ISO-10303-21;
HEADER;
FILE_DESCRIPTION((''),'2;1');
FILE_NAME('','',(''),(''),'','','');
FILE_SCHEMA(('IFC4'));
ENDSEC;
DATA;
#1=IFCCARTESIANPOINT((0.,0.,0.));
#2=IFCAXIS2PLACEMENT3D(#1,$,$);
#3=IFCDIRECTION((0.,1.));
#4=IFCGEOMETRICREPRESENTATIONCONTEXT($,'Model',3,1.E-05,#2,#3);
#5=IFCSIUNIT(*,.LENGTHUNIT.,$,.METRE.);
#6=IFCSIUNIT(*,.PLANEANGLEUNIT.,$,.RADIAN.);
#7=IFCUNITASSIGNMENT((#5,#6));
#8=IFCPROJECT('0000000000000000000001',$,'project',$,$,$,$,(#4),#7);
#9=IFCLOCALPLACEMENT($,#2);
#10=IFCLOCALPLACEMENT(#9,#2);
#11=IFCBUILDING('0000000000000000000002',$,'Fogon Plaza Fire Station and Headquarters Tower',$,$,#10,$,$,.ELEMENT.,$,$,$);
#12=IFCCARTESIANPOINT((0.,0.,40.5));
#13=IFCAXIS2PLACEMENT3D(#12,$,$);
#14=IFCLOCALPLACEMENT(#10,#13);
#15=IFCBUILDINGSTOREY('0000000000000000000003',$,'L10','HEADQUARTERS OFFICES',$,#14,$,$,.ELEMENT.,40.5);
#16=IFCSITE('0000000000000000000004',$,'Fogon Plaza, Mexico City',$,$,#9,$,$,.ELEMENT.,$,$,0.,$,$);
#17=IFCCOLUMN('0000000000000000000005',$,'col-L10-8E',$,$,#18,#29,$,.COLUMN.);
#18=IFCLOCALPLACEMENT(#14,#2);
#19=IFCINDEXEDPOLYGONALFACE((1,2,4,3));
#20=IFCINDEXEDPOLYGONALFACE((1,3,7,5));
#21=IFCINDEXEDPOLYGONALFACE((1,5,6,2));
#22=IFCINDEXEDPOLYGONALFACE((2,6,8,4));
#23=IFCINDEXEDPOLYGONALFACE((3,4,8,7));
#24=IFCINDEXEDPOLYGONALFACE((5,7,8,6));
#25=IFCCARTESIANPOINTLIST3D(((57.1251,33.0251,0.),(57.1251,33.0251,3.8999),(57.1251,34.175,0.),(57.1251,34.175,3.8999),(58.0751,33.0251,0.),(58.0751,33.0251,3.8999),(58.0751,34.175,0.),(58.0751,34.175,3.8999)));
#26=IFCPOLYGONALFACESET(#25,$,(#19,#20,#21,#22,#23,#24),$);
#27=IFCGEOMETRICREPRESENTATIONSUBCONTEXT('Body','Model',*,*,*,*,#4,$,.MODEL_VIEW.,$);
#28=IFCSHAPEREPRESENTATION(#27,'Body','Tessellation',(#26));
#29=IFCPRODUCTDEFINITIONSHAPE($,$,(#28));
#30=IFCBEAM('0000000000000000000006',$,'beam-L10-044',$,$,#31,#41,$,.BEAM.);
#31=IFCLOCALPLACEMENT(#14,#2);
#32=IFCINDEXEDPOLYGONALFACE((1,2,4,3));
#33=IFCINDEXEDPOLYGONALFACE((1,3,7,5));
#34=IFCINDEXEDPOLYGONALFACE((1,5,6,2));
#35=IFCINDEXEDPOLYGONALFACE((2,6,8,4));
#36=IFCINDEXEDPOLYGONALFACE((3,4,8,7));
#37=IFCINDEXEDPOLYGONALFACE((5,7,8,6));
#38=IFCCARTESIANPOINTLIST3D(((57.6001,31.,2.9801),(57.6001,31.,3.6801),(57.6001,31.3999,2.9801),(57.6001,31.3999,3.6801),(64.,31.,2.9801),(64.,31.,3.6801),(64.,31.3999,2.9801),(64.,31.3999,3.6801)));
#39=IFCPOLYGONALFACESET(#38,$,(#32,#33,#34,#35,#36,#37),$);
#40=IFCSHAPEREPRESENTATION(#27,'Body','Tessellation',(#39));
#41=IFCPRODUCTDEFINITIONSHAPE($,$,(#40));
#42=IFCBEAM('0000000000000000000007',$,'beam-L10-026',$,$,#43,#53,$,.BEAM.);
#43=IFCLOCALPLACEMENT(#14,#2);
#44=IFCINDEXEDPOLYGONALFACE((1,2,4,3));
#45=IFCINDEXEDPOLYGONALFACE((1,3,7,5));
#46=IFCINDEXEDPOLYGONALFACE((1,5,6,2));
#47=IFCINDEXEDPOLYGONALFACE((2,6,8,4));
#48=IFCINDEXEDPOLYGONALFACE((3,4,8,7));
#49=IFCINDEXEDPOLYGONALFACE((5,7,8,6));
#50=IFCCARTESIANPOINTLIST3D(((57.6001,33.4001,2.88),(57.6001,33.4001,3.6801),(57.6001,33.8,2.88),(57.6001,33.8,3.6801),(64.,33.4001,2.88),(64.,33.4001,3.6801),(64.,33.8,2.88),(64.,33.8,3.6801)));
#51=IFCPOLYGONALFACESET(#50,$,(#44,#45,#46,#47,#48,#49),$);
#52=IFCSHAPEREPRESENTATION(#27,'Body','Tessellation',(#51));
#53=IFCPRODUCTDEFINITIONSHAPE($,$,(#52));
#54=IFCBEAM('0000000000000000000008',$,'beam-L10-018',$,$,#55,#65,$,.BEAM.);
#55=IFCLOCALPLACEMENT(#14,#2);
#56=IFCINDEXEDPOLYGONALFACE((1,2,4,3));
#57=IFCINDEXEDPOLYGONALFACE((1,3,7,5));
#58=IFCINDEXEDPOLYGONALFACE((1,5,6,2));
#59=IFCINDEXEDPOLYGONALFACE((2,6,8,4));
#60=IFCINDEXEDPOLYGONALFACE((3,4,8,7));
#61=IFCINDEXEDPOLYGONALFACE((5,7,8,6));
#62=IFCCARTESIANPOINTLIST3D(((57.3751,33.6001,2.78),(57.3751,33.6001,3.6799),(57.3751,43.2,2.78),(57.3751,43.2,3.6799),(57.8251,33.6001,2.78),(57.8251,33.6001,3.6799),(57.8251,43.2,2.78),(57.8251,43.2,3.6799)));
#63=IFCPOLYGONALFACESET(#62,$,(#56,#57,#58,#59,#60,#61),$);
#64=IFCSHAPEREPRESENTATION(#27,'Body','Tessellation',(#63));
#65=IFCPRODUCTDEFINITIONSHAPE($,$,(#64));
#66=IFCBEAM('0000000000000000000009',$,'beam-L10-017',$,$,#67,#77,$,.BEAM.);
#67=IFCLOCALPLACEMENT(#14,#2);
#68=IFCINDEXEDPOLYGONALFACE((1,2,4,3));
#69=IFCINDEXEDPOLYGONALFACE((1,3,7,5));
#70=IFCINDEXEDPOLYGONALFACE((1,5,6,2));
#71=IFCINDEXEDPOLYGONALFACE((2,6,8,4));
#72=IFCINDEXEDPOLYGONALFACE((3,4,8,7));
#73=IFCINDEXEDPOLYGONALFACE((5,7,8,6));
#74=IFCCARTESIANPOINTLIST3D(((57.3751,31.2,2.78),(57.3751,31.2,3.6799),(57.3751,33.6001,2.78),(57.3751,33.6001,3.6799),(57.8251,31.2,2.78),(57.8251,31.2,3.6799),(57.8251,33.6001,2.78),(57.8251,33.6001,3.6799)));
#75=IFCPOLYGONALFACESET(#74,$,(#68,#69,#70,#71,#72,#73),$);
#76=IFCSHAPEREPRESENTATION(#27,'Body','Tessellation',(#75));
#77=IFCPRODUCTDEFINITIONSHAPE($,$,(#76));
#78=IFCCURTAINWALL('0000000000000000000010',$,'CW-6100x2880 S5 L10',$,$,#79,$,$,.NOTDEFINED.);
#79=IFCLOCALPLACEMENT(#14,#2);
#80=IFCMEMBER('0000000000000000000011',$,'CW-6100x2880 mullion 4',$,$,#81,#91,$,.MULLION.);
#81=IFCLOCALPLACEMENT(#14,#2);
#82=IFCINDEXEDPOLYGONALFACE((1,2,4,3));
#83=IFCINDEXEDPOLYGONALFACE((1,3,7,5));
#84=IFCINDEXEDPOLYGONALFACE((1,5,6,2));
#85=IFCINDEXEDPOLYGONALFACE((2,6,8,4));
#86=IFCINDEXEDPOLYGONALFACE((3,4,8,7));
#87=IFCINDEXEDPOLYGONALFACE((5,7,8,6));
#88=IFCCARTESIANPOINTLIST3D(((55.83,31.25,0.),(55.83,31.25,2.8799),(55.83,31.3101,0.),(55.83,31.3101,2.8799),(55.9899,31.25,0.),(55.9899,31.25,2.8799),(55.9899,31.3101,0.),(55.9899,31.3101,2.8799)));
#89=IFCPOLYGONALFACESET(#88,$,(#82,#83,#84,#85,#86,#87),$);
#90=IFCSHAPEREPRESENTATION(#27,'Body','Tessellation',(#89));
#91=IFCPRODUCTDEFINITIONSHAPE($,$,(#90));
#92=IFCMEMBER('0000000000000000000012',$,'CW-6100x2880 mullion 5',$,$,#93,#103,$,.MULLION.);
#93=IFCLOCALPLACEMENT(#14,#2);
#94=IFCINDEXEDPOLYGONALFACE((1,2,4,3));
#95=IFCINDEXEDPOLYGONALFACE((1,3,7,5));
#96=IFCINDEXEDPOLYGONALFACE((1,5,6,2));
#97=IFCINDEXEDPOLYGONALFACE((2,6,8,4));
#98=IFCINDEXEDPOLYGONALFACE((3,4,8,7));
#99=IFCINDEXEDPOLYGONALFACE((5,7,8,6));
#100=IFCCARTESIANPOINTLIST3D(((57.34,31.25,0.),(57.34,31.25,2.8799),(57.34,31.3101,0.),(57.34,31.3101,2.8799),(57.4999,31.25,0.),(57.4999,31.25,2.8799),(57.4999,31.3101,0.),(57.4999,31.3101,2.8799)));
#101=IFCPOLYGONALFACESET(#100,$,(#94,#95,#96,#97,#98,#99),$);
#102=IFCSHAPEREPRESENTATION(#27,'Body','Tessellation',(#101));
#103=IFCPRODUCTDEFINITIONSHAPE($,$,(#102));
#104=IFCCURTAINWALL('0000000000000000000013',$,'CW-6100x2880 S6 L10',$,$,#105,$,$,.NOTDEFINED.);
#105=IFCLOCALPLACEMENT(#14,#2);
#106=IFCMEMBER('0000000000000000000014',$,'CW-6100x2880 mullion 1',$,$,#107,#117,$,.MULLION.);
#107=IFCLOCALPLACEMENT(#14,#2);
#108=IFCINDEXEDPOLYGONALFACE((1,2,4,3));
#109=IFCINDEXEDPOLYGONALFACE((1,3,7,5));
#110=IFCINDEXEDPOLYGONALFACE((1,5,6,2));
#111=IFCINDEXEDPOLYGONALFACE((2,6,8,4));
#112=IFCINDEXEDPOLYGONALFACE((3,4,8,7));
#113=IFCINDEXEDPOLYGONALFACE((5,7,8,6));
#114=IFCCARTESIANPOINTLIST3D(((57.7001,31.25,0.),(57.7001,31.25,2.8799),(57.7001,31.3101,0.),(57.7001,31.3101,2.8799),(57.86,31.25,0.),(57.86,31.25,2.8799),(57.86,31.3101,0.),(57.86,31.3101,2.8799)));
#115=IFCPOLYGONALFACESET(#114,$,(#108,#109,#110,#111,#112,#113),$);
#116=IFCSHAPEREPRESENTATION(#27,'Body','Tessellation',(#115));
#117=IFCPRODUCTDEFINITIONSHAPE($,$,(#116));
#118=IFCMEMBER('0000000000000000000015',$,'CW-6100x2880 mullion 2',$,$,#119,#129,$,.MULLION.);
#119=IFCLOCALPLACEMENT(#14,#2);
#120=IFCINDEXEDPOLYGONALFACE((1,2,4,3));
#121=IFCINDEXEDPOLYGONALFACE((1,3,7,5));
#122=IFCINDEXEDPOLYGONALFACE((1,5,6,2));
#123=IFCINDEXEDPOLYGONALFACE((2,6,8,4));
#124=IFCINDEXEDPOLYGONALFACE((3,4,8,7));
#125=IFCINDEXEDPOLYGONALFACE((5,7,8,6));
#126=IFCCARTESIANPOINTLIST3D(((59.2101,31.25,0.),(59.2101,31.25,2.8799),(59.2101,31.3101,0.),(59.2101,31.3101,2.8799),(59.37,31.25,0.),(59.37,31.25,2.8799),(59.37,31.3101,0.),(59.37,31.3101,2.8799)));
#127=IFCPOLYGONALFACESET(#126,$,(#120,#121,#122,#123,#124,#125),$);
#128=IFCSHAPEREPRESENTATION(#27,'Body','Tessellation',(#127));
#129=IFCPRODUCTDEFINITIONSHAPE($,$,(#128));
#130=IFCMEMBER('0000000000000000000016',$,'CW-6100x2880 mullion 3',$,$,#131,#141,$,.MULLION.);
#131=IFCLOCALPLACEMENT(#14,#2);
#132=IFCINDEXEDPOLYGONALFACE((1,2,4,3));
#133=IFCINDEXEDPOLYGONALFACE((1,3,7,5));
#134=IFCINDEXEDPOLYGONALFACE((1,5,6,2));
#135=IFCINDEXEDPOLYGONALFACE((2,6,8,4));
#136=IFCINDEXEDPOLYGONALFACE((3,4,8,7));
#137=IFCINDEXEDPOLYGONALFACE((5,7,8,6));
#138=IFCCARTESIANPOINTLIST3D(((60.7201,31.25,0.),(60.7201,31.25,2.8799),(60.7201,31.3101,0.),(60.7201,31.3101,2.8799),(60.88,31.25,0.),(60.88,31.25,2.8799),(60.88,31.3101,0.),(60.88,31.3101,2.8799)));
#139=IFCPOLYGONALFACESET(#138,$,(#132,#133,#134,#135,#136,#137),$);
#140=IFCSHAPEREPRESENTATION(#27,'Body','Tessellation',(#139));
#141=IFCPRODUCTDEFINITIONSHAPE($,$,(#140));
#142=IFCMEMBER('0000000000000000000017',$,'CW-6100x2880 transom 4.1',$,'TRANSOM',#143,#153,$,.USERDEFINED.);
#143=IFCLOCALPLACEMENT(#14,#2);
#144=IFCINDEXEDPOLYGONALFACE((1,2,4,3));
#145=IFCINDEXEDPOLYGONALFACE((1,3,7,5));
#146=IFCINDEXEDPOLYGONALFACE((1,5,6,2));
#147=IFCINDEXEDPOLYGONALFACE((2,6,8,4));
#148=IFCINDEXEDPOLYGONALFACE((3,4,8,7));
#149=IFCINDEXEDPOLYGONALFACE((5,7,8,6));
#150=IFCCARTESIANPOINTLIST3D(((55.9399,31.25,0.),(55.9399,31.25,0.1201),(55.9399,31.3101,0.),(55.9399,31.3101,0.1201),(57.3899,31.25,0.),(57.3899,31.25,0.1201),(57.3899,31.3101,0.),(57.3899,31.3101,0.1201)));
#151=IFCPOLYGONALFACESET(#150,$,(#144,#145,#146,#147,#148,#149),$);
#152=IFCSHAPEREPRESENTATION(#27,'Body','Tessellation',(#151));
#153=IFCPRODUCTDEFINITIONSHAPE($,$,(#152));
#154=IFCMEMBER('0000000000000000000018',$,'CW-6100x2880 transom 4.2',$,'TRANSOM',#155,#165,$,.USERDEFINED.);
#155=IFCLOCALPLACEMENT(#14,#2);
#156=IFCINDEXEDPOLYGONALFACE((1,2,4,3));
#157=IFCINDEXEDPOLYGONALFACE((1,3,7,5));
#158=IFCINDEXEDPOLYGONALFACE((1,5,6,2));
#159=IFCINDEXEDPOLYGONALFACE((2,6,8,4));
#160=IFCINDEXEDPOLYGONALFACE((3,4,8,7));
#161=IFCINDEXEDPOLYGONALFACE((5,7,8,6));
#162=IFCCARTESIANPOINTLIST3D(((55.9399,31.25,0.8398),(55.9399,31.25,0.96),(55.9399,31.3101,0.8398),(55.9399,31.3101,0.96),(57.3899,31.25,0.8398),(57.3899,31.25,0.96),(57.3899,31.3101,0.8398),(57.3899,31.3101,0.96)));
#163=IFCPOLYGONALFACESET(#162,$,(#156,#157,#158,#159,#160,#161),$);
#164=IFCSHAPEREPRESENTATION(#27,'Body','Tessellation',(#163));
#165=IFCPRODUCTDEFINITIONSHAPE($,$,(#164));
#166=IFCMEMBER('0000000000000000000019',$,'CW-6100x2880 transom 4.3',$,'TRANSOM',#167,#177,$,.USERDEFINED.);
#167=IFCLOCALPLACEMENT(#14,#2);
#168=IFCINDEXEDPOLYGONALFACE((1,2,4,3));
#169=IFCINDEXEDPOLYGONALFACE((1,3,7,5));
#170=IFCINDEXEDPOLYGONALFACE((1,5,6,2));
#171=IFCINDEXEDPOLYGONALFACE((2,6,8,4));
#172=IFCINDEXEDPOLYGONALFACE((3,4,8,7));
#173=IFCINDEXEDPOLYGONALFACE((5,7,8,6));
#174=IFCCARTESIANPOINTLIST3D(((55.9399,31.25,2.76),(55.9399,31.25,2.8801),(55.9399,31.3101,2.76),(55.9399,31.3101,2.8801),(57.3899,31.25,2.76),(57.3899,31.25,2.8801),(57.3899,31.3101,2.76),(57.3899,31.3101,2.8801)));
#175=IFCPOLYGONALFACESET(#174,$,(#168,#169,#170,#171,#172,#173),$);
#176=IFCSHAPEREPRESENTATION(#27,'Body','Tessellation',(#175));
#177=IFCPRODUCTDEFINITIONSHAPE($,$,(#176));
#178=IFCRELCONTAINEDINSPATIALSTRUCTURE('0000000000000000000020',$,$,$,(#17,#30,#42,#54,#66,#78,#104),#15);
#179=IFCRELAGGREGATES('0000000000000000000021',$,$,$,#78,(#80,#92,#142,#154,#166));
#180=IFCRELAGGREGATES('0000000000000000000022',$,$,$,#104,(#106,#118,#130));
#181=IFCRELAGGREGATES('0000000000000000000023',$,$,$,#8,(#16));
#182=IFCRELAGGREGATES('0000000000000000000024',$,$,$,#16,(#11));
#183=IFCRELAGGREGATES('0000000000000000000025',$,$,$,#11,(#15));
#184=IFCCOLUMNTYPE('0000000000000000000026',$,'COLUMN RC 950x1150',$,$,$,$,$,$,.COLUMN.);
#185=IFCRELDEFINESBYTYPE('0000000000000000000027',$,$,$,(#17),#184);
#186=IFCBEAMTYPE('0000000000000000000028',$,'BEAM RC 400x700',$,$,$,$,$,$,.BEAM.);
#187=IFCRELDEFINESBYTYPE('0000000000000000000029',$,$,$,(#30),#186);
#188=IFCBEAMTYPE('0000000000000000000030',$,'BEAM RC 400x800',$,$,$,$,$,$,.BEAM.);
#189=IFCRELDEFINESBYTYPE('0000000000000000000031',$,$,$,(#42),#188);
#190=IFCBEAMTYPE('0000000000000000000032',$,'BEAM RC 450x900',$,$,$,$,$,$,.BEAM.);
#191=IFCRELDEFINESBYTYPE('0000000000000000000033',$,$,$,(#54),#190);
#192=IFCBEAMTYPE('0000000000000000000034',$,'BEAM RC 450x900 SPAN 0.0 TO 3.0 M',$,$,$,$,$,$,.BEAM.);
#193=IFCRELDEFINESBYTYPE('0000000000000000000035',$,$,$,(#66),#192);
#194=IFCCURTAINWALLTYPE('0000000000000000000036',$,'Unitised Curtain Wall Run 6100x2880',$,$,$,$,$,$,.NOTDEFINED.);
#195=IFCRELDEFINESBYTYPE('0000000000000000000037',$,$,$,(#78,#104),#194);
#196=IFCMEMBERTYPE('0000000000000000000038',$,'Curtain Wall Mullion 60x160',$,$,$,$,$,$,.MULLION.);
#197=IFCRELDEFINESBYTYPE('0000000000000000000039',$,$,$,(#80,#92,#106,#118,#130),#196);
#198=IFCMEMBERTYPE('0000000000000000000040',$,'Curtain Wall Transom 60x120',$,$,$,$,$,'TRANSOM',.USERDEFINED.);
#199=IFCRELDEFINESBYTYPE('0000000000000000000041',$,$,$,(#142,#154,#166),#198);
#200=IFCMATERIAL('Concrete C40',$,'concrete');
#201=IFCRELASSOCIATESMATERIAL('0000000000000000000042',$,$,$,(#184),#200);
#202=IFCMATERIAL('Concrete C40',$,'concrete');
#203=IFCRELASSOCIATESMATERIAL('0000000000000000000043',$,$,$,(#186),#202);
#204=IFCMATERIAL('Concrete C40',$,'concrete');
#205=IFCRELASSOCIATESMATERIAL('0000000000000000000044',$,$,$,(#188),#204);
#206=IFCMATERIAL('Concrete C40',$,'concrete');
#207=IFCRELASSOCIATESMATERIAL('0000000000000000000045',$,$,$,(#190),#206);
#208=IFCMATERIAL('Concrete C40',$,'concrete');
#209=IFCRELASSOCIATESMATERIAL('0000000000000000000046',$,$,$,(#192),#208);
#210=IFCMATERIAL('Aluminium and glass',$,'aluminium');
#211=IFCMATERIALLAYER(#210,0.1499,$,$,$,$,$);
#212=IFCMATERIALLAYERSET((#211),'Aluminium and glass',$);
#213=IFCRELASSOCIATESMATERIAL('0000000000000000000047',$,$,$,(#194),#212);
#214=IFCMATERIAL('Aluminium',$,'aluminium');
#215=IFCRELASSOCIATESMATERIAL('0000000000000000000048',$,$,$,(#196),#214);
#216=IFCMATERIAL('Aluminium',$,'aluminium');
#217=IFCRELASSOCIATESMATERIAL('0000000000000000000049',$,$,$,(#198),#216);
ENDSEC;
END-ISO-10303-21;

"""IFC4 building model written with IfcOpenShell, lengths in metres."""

from ifc_helpers import new_model, si_unit, direction, frame, origin, origin_2d, place, context, subcontext, project, spatial, rectangle, extrude, material, layer, layer_set, material_profile, profile_set, type_object, element, aggregate, save


model = new_model("IFC4")

# Units and contexts
model_context = context("Model", 3, precision=1e-05, world=origin(), true_north=direction((0.0, 1.0)))
body_context = subcontext(model_context, "Body", "Model", "MODEL_VIEW")
ifc_project = project(units=[si_unit("LENGTHUNIT", "METRE"), si_unit("PLANEANGLEUNIT", "RADIAN")], contexts=[model_context])

# Site, building, storey
site_placement = place(None, origin())
site = spatial("IfcSite", under=ifc_project, at=site_placement, Name="Fogon Plaza, Mexico City", CompositionType="ELEMENT", RefElevation=0.0)
building_placement = place(site_placement, origin())
building = spatial("IfcBuilding", under=site, at=building_placement, Name="Fogon Plaza Fire Station and Headquarters Tower", CompositionType="ELEMENT")
storey_placement = place(building_placement, frame((0.0, 0.0, 40.5)))
storey = spatial("IfcBuildingStorey", under=building, at=storey_placement, Name="L10", Description="HEADQUARTERS OFFICES", CompositionType="ELEMENT", Elevation=40.5)

# Column
ifc_material_1 = material(Name="Concrete C40", Category="concrete")
ifc_material_profile_1 = material_profile(ifc_material_1, rectangle(XDim=0.95, YDim=1.1499, at=origin_2d()), Name="RC 950x1150")
ifc_profile_set_1 = profile_set([ifc_material_profile_1], Name="Concrete C40")
column_type = type_object("IfcColumnType", Name="COLUMN RC 950x1150", PredefinedType="COLUMN", material=ifc_profile_set_1)
column_placement = place(storey_placement, frame((57.6001, 33.6001, 0.0), z_axis=(0.0, 0.0, 1.0), x_axis=(1.0, 0.0, 0.0)))
element("IfcColumn", 1, at=column_placement, inside=storey, type_object=column_type, Name="col-L10-8E", PredefinedType="COLUMN", context=body_context, shape_type="SweptSolid", body=[
    extrude(rectangle(XDim=0.95, YDim=1.1499, at=origin_2d()), origin(), (0.0, 0.0, 1.0), 3.8999),
])

# Beams
ifc_material_2 = material(Name="Concrete C40", Category="concrete")
ifc_material_profile_2 = material_profile(ifc_material_2, rectangle(XDim=0.3999, YDim=0.7, at=origin_2d()), Name="RC 400x700")
ifc_profile_set_2 = profile_set([ifc_material_profile_2], Name="Concrete C40")
beam_type_1 = type_object("IfcBeamType", Name="BEAM RC 400x700", PredefinedType="BEAM", material=ifc_profile_set_2)
beam_1_placement = place(storey_placement, frame((57.6001, 31.2, 3.3301), z_axis=(1.0, 0.0, 0.0), x_axis=(0.0, 1.0, 0.0)))
element("IfcBeam", 2, at=beam_1_placement, inside=storey, type_object=beam_type_1, Name="beam-L10-044", PredefinedType="BEAM", context=body_context, shape_type="SweptSolid", body=[
    extrude(rectangle(XDim=0.3999, YDim=0.7, at=origin_2d()), origin(), (0.0, 0.0, 1.0), 6.3999),
])
ifc_material_3 = material(Name="Concrete C40", Category="concrete")
ifc_material_profile_3 = material_profile(ifc_material_3, rectangle(XDim=0.3999, YDim=0.8, at=origin_2d()), Name="RC 400x800")
ifc_profile_set_3 = profile_set([ifc_material_profile_3], Name="Concrete C40")
beam_type_2 = type_object("IfcBeamType", Name="BEAM RC 400x800", PredefinedType="BEAM", material=ifc_profile_set_3)
beam_2_placement = place(storey_placement, frame((57.6001, 33.6001, 3.28), z_axis=(1.0, 0.0, 0.0), x_axis=(0.0, 1.0, 0.0)))
element("IfcBeam", 3, at=beam_2_placement, inside=storey, type_object=beam_type_2, Name="beam-L10-026", PredefinedType="BEAM", context=body_context, shape_type="SweptSolid", body=[
    extrude(rectangle(XDim=0.3999, YDim=0.8, at=origin_2d()), origin(), (0.0, 0.0, 1.0), 6.3999),
])
ifc_material_4 = material(Name="Concrete C40", Category="concrete")
ifc_material_profile_4 = material_profile(ifc_material_4, rectangle(XDim=0.45, YDim=0.8999, at=origin_2d()), Name="RC 450x900")
ifc_profile_set_4 = profile_set([ifc_material_profile_4], Name="Concrete C40")
beam_type_3 = type_object("IfcBeamType", Name="BEAM RC 450x900", PredefinedType="BEAM", material=ifc_profile_set_4)
beam_3_placement = place(storey_placement, frame((57.6001, 33.6001, 3.23), z_axis=(0.0, 1.0, 0.0), x_axis=(-1.0, 0.0, 0.0)))
element("IfcBeam", 4, at=beam_3_placement, inside=storey, type_object=beam_type_3, Name="beam-L10-018", PredefinedType="BEAM", context=body_context, shape_type="SweptSolid", body=[
    extrude(rectangle(XDim=0.45, YDim=0.8999, at=origin_2d()), origin(), (0.0, 0.0, 1.0), 9.5999),
])
ifc_material_5 = material(Name="Concrete C40", Category="concrete")
ifc_material_profile_5 = material_profile(ifc_material_5, rectangle(XDim=0.45, YDim=0.8999, at=origin_2d()), Name="RC 450x900")
ifc_profile_set_5 = profile_set([ifc_material_profile_5], Name="Concrete C40")
beam_type_4 = type_object("IfcBeamType", Name="BEAM RC 450x900 SPAN 0.0 TO 3.0 M", PredefinedType="BEAM", material=ifc_profile_set_5)
beam_4_placement = place(storey_placement, frame((57.6001, 31.2, 3.23), z_axis=(0.0, 1.0, 0.0), x_axis=(-1.0, 0.0, 0.0)))
element("IfcBeam", 5, at=beam_4_placement, inside=storey, type_object=beam_type_4, Name="beam-L10-017", PredefinedType="BEAM", context=body_context, shape_type="SweptSolid", body=[
    extrude(rectangle(XDim=0.45, YDim=0.8999, at=origin_2d()), origin(), (0.0, 0.0, 1.0), 2.4001),
])

# Curtain walls, members
ifc_material_6 = material(Name="Aluminium and glass", Category="aluminium")
ifc_layer_1 = layer(ifc_material_6, 0.1499)
ifc_layer_set_1 = layer_set([ifc_layer_1], Name="Aluminium and glass")
curtain_wall_type = type_object("IfcCurtainWallType", Name="Unitised Curtain Wall Run 6100x2880", PredefinedType="NOTDEFINED", material=ifc_layer_set_1)
curtain_wall_1_placement = place(storey_placement, origin())
curtain_wall_1 = element("IfcCurtainWall", 6, at=curtain_wall_1_placement, inside=storey, type_object=curtain_wall_type, Name="CW-6100x2880 S5 L10", PredefinedType="NOTDEFINED")
ifc_material_7 = material(Name="Aluminium", Category="aluminium")
ifc_material_profile_6 = material_profile(ifc_material_7, rectangle(XDim=0.0601, YDim=0.1599, at=origin_2d()), Name="Curtain Wall Mullion 60x160")
ifc_profile_set_6 = profile_set([ifc_material_profile_6], Name="Aluminium")
member_type_1 = type_object("IfcMemberType", Name="Curtain Wall Mullion 60x160", PredefinedType="MULLION", material=ifc_profile_set_6)
member_1_placement = place(storey_placement, frame((55.9099, 31.28, 0.0), z_axis=(0.0, 0.0, 1.0), x_axis=(0.0, 1.0, 0.0)))
member_1 = element("IfcMember", 7, at=member_1_placement, type_object=member_type_1, Name="CW-6100x2880 mullion 4", PredefinedType="MULLION", context=body_context, shape_type="SweptSolid", body=[
    extrude(rectangle(XDim=0.0601, YDim=0.1599, at=origin_2d()), origin(), (0.0, 0.0, 1.0), 2.8799),
])
member_2_placement = place(storey_placement, frame((57.4199, 31.28, 0.0), z_axis=(0.0, 0.0, 1.0), x_axis=(0.0, 1.0, 0.0)))
member_2 = element("IfcMember", 8, at=member_2_placement, type_object=member_type_1, Name="CW-6100x2880 mullion 5", PredefinedType="MULLION", context=body_context, shape_type="SweptSolid", body=[
    extrude(rectangle(XDim=0.0601, YDim=0.1599, at=origin_2d()), origin(), (0.0, 0.0, 1.0), 2.8799),
])
curtain_wall_2_placement = place(storey_placement, origin())
curtain_wall_2 = element("IfcCurtainWall", 9, at=curtain_wall_2_placement, inside=storey, type_object=curtain_wall_type, Name="CW-6100x2880 S6 L10", PredefinedType="NOTDEFINED")
member_3_placement = place(storey_placement, frame((57.78, 31.28, 0.0), z_axis=(0.0, 0.0, 1.0), x_axis=(0.0, 1.0, 0.0)))
member_3 = element("IfcMember", 10, at=member_3_placement, type_object=member_type_1, Name="CW-6100x2880 mullion 1", PredefinedType="MULLION", context=body_context, shape_type="SweptSolid", body=[
    extrude(rectangle(XDim=0.0601, YDim=0.1599, at=origin_2d()), origin(), (0.0, 0.0, 1.0), 2.8799),
])
member_4_placement = place(storey_placement, frame((59.29, 31.28, 0.0), z_axis=(0.0, 0.0, 1.0), x_axis=(0.0, 1.0, 0.0)))
member_4 = element("IfcMember", 11, at=member_4_placement, type_object=member_type_1, Name="CW-6100x2880 mullion 2", PredefinedType="MULLION", context=body_context, shape_type="SweptSolid", body=[
    extrude(rectangle(XDim=0.0601, YDim=0.1599, at=origin_2d()), origin(), (0.0, 0.0, 1.0), 2.8799),
])
member_5_placement = place(storey_placement, frame((60.8, 31.28, 0.0), z_axis=(0.0, 0.0, 1.0), x_axis=(0.0, 1.0, 0.0)))
member_5 = element("IfcMember", 12, at=member_5_placement, type_object=member_type_1, Name="CW-6100x2880 mullion 3", PredefinedType="MULLION", context=body_context, shape_type="SweptSolid", body=[
    extrude(rectangle(XDim=0.0601, YDim=0.1599, at=origin_2d()), origin(), (0.0, 0.0, 1.0), 2.8799),
])

# Members
ifc_material_8 = material(Name="Aluminium", Category="aluminium")
ifc_material_profile_7 = material_profile(ifc_material_8, rectangle(XDim=0.0601, YDim=0.1201, at=origin_2d()), Name="Curtain Wall Transom 60x120")
ifc_profile_set_7 = profile_set([ifc_material_profile_7], Name="Aluminium")
member_type_2 = type_object("IfcMemberType", Name="Curtain Wall Transom 60x120", ElementType="TRANSOM", PredefinedType="USERDEFINED", material=ifc_profile_set_7)
member_6_placement = place(storey_placement, frame((55.9399, 31.28, 0.0601), z_axis=(1.0, 0.0, 0.0), x_axis=(0.0, 1.0, 0.0)))
member_6 = element("IfcMember", 13, at=member_6_placement, type_object=member_type_2, Name="CW-6100x2880 transom 4.1", ObjectType="TRANSOM", PredefinedType="USERDEFINED", context=body_context, shape_type="SweptSolid", body=[
    extrude(rectangle(XDim=0.0601, YDim=0.1201, at=origin_2d()), origin(), (0.0, 0.0, 1.0), 1.45),
])
member_7_placement = place(storey_placement, frame((55.9399, 31.28, 0.8999), z_axis=(1.0, 0.0, 0.0), x_axis=(0.0, 1.0, 0.0)))
member_7 = element("IfcMember", 14, at=member_7_placement, type_object=member_type_2, Name="CW-6100x2880 transom 4.2", ObjectType="TRANSOM", PredefinedType="USERDEFINED", context=body_context, shape_type="SweptSolid", body=[
    extrude(rectangle(XDim=0.0601, YDim=0.1201, at=origin_2d()), origin(), (0.0, 0.0, 1.0), 1.45),
])
member_8_placement = place(storey_placement, frame((55.9399, 31.28, 2.8201), z_axis=(1.0, 0.0, 0.0), x_axis=(0.0, 1.0, 0.0)))
member_8 = element("IfcMember", 15, at=member_8_placement, type_object=member_type_2, Name="CW-6100x2880 transom 4.3", ObjectType="TRANSOM", PredefinedType="USERDEFINED", context=body_context, shape_type="SweptSolid", body=[
    extrude(rectangle(XDim=0.0601, YDim=0.1201, at=origin_2d()), origin(), (0.0, 0.0, 1.0), 1.45),
])

aggregate(curtain_wall_1, [member_1, member_2, member_6, member_7, member_8])
aggregate(curtain_wall_2, [member_3, member_4, member_5])

save(model, "model.ifc")
